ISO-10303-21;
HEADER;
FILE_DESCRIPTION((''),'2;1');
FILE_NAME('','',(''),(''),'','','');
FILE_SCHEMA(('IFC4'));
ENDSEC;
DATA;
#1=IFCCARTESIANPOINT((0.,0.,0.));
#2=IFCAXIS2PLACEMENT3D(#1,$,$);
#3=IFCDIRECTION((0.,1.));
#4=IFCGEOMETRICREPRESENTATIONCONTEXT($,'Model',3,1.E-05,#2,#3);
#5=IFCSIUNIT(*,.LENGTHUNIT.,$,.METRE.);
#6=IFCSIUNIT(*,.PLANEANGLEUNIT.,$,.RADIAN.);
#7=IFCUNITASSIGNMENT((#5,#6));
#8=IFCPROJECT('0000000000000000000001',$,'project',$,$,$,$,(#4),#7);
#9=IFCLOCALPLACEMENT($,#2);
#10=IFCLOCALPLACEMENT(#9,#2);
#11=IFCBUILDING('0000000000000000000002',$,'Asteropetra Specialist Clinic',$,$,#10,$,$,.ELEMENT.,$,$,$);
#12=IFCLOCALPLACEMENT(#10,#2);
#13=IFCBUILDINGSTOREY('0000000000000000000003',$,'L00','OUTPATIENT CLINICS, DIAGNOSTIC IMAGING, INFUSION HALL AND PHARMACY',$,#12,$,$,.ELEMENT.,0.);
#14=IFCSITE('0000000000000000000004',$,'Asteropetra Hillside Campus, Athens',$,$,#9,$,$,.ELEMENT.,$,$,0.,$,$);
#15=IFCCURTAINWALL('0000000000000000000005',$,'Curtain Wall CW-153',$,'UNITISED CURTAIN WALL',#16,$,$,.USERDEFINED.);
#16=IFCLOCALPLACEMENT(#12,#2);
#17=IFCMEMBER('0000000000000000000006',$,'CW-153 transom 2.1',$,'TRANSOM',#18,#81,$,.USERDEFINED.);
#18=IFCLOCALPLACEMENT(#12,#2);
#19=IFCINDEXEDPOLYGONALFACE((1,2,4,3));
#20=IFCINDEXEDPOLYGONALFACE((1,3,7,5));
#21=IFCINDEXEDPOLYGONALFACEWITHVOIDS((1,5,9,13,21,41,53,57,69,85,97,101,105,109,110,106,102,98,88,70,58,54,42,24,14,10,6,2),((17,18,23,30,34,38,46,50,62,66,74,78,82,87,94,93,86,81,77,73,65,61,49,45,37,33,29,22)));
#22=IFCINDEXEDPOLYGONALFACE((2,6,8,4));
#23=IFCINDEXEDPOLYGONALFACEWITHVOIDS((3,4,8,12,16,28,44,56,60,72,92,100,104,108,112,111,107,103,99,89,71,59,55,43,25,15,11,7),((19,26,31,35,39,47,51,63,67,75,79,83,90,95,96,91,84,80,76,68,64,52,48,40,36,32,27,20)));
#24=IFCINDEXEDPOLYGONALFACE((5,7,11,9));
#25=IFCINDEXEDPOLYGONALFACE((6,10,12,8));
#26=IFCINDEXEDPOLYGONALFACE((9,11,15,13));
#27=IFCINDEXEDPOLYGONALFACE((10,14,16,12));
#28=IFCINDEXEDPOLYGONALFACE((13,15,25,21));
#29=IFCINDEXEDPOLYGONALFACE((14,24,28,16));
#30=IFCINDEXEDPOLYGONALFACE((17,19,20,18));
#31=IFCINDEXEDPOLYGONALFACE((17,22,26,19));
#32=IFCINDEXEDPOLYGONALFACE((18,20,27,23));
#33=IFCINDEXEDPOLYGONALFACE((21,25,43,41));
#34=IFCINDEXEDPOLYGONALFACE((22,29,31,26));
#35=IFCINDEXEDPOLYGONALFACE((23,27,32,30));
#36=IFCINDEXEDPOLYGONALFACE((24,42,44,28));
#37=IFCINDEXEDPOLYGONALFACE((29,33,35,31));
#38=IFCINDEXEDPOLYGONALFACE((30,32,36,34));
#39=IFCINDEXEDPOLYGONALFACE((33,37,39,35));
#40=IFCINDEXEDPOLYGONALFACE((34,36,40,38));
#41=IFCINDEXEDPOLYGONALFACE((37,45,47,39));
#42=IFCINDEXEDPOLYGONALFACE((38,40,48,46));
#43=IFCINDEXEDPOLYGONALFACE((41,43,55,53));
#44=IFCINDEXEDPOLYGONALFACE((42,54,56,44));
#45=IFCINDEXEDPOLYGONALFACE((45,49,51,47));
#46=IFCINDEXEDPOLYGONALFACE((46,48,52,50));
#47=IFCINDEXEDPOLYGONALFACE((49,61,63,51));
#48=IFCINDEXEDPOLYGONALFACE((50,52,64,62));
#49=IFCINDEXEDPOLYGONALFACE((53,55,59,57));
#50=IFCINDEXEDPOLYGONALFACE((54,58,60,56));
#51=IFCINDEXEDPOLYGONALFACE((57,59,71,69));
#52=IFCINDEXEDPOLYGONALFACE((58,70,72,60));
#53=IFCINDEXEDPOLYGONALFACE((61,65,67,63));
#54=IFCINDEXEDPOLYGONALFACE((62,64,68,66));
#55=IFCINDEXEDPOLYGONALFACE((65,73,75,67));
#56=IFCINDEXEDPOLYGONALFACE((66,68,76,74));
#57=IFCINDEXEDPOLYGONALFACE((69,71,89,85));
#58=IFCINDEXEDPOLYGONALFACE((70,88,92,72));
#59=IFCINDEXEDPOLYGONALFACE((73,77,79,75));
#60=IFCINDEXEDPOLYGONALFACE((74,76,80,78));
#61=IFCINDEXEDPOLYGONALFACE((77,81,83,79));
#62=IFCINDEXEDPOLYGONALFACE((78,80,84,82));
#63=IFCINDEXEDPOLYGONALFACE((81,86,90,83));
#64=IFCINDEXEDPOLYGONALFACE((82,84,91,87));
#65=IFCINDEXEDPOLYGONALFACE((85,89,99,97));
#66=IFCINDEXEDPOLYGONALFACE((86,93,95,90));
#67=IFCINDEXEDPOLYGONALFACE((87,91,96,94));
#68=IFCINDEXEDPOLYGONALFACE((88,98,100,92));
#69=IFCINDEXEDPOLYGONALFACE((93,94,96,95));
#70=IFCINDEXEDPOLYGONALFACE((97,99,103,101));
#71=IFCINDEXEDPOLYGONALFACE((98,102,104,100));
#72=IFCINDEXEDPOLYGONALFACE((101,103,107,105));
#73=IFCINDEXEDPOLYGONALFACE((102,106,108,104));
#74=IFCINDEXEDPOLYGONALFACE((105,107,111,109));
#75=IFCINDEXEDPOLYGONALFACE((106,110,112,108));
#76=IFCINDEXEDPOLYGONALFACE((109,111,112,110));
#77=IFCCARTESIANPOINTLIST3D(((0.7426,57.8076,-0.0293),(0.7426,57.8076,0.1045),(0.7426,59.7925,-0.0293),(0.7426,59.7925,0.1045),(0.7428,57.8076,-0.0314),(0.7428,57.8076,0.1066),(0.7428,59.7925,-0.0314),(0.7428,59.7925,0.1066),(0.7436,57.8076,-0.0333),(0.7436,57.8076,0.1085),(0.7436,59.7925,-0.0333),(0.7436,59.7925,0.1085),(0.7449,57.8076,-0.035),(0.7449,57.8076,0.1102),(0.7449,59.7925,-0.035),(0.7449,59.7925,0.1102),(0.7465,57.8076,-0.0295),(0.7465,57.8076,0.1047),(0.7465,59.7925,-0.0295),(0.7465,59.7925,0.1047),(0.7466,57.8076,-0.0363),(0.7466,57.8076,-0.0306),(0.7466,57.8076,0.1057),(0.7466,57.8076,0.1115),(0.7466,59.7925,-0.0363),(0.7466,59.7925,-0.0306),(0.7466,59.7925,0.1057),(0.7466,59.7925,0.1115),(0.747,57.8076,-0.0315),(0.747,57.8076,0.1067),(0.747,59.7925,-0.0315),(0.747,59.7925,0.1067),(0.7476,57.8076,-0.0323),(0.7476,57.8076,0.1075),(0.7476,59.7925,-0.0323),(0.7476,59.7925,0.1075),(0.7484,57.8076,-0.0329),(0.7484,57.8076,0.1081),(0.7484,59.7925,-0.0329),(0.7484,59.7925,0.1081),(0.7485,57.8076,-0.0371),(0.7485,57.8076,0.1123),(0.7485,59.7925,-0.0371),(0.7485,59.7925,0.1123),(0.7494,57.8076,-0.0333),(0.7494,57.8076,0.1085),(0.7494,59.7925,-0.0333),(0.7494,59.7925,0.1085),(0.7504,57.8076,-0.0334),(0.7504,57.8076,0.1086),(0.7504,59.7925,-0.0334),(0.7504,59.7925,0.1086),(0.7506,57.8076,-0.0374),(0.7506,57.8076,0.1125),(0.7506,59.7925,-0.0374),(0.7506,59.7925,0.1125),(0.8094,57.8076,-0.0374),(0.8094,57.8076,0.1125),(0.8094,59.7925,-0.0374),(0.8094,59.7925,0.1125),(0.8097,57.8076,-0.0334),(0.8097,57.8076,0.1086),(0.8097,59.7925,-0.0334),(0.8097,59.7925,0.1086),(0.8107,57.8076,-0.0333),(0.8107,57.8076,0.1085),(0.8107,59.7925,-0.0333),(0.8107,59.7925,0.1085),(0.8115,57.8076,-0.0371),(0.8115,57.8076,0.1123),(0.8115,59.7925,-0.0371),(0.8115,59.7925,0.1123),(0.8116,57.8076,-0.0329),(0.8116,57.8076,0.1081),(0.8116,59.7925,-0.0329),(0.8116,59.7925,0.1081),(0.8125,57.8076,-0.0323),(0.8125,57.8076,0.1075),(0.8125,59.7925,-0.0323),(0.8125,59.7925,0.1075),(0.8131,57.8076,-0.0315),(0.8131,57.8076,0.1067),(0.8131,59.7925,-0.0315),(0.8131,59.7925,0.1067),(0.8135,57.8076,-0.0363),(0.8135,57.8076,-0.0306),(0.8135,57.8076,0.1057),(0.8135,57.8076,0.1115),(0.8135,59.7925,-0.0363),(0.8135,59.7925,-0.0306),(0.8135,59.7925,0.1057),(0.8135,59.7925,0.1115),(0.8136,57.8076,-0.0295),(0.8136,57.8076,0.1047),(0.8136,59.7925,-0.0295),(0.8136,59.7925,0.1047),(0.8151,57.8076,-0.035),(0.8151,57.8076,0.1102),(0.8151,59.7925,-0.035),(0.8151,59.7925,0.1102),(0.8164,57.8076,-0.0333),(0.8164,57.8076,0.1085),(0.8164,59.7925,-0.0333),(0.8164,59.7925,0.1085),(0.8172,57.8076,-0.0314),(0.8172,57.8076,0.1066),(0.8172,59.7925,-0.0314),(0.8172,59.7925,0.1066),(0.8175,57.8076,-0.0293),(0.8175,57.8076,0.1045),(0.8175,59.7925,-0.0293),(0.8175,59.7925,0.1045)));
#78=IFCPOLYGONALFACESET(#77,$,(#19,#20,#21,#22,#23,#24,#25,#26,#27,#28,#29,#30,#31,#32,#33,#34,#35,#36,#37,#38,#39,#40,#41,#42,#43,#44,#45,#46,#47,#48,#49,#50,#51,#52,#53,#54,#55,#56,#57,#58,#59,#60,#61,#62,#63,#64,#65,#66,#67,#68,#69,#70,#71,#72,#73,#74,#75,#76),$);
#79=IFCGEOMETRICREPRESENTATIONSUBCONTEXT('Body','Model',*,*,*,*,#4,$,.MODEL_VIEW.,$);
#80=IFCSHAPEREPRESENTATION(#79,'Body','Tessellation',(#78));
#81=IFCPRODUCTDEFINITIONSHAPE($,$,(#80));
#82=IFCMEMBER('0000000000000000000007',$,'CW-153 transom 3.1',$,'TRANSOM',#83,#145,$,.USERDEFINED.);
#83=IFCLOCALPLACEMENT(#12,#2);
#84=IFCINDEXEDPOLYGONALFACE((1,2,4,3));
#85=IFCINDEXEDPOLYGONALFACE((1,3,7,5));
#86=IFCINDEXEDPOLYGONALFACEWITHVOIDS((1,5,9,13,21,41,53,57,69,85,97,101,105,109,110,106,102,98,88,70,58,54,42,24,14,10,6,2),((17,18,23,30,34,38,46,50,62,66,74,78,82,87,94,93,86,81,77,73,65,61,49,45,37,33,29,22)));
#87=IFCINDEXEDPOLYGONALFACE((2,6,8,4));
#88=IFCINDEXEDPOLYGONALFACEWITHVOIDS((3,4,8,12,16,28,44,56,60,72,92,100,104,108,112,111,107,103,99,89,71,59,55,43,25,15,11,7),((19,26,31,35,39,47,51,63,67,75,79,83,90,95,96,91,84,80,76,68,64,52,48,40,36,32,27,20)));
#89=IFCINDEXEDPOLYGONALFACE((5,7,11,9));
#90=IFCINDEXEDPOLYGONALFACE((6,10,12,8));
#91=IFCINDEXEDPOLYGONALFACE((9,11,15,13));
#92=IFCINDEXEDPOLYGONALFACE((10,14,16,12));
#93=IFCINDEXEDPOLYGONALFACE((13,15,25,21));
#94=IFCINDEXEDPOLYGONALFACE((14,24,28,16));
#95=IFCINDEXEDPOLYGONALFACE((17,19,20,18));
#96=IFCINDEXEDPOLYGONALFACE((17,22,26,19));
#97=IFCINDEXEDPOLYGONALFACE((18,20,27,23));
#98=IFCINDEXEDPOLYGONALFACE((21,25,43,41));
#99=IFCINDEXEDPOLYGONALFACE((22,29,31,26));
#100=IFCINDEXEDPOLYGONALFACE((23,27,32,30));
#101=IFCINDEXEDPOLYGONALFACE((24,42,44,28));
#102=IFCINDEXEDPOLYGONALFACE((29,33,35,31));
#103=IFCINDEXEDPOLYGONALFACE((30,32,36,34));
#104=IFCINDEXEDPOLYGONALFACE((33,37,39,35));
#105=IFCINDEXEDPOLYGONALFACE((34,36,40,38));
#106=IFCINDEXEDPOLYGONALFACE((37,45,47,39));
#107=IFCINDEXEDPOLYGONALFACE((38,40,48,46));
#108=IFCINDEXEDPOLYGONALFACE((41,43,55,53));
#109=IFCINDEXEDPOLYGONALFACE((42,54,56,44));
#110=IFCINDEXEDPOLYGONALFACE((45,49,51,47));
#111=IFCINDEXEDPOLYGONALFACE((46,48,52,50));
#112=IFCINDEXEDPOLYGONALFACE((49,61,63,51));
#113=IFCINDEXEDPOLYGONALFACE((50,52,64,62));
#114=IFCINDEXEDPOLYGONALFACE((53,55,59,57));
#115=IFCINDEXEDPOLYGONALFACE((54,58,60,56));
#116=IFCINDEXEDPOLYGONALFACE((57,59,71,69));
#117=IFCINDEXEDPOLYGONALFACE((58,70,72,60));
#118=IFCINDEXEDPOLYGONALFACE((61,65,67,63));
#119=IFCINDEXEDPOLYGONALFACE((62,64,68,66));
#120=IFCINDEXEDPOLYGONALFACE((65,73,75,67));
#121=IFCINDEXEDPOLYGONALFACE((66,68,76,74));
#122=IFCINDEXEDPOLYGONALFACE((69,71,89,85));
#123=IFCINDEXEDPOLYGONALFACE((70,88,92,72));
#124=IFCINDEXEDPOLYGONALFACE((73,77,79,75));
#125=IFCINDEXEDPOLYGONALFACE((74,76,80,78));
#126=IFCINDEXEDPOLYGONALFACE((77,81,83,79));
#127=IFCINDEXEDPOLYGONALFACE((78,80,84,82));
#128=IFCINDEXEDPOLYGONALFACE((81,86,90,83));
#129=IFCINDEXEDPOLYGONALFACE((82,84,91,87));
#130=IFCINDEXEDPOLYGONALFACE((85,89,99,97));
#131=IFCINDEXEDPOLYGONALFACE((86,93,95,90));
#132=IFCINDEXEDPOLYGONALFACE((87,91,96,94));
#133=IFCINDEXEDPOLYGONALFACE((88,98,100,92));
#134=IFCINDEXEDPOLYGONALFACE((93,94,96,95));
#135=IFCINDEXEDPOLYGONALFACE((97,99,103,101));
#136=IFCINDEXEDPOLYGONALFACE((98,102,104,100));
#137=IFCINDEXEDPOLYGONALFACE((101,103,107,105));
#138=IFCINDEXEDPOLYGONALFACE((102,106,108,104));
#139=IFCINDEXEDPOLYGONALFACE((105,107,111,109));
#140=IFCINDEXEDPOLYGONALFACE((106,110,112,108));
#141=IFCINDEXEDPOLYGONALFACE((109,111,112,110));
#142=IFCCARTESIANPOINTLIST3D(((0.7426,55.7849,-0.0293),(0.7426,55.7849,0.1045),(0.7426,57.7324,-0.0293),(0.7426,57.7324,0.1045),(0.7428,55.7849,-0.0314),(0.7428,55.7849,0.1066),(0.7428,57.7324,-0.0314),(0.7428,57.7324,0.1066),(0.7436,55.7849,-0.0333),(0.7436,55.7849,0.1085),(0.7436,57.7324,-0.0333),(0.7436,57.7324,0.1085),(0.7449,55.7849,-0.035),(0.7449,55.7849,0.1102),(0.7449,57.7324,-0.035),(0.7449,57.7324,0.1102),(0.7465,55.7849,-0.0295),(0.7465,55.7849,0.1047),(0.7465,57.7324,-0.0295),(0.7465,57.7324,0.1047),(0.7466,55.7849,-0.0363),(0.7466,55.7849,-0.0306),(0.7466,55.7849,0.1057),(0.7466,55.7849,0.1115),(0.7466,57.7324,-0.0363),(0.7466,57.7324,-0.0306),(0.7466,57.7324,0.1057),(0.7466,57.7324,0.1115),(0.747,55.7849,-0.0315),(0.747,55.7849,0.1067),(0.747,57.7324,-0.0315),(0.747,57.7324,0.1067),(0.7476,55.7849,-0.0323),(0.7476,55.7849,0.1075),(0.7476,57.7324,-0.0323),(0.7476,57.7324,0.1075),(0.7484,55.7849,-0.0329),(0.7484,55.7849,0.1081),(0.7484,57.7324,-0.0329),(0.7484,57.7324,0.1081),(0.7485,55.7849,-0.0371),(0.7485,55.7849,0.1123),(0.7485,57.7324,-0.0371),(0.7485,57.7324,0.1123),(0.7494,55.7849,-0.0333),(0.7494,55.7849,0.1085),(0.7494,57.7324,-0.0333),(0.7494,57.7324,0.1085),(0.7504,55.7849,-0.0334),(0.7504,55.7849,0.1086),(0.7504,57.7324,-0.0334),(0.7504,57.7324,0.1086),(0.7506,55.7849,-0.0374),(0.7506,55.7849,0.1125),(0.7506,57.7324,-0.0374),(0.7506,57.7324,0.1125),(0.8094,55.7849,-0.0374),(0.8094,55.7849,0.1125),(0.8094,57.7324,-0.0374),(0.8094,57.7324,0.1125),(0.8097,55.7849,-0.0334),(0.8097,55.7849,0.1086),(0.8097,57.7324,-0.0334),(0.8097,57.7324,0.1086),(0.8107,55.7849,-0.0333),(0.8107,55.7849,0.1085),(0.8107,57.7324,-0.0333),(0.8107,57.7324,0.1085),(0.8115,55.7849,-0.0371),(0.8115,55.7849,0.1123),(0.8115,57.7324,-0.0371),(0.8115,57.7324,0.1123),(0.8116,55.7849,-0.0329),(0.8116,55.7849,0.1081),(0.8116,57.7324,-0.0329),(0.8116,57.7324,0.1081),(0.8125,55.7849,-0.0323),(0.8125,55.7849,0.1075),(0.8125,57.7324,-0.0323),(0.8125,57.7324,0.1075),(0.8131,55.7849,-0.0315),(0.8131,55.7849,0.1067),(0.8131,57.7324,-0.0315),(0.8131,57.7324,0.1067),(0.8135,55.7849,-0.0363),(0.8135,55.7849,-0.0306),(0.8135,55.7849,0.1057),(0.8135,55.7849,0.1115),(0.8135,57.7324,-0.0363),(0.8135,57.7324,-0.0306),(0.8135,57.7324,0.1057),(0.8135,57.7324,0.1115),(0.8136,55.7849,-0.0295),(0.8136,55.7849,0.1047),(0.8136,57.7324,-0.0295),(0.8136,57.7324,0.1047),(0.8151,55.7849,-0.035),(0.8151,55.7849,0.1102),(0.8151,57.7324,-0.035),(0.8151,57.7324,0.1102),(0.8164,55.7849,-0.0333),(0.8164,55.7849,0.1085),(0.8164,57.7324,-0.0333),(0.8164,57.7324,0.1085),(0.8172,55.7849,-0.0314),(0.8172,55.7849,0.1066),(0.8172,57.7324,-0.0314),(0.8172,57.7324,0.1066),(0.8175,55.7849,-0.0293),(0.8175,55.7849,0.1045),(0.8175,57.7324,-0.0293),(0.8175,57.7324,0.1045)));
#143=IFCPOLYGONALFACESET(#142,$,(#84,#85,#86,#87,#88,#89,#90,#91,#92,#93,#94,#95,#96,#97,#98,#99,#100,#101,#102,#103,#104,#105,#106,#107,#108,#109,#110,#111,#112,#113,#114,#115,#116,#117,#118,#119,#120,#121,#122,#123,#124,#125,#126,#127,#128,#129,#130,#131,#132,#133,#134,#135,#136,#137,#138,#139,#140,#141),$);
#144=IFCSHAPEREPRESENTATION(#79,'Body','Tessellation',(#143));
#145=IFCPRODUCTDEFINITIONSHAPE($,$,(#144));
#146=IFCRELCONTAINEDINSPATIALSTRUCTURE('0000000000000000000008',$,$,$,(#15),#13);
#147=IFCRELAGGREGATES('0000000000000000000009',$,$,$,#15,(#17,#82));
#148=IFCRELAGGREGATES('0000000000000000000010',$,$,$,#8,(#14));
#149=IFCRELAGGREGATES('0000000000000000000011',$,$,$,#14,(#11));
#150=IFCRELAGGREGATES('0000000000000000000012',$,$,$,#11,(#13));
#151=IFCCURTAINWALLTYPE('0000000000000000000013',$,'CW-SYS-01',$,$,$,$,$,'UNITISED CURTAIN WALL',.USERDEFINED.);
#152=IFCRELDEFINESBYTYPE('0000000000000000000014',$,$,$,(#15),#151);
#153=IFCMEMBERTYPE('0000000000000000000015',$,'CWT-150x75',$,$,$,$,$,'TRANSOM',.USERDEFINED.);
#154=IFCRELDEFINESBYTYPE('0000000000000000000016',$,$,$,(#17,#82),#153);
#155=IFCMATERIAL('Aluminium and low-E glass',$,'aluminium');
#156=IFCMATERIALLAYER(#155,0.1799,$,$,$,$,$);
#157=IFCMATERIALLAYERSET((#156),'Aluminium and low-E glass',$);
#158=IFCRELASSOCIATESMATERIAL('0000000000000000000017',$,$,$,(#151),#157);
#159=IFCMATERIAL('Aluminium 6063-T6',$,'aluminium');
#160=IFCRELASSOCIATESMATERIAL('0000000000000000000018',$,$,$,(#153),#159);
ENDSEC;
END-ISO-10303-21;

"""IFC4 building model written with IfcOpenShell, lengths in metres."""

from ifc_helpers import new_model, si_unit, direction, frame, origin, origin_2d, place, context, subcontext, project, spatial, hollow_rectangle, extrude, material, layer, layer_set, material_profile, profile_set, type_object, element, aggregate, save


model = new_model("IFC4")

# Units and contexts
model_context = context("Model", 3, precision=1e-05, world=origin(), true_north=direction((0.0, 1.0)))
body_context = subcontext(model_context, "Body", "Model", "MODEL_VIEW")
ifc_project = project(units=[si_unit("LENGTHUNIT", "METRE"), si_unit("PLANEANGLEUNIT", "RADIAN")], contexts=[model_context])

# Site, building, storey
site_placement = place(None, origin())
site = spatial("IfcSite", under=ifc_project, at=site_placement, Name="Asteropetra Hillside Campus, Athens", CompositionType="ELEMENT", RefElevation=0.0)
building_placement = place(site_placement, origin())
building = spatial("IfcBuilding", under=site, at=building_placement, Name="Asteropetra Specialist Clinic", CompositionType="ELEMENT")
storey_placement = place(building_placement, origin())
storey = spatial("IfcBuildingStorey", under=building, at=storey_placement, Name="L00", Description="OUTPATIENT CLINICS, DIAGNOSTIC IMAGING, INFUSION HALL AND PHARMACY", CompositionType="ELEMENT", Elevation=0.0)

# Curtain wall, members
ifc_material_1 = material(Name="Aluminium and low-E glass", Category="aluminium")
ifc_layer_1 = layer(ifc_material_1, 0.1799)
ifc_layer_set_1 = layer_set([ifc_layer_1], Name="Aluminium and low-E glass")
curtain_wall_type = type_object("IfcCurtainWallType", Name="CW-SYS-01", ElementType="UNITISED CURTAIN WALL", PredefinedType="USERDEFINED", material=ifc_layer_set_1)
curtain_wall_placement = place(storey_placement, origin())
curtain_wall = element("IfcCurtainWall", 1, at=curtain_wall_placement, inside=storey, type_object=curtain_wall_type, Name="Curtain Wall CW-153", ObjectType="UNITISED CURTAIN WALL", PredefinedType="USERDEFINED")
ifc_material_2 = material(Name="Aluminium 6063-T6", Category="aluminium")
ifc_material_profile_1 = material_profile(ifc_material_2, hollow_rectangle(XDim=0.075, YDim=0.1499, WallThickness=0.0039, InnerFilletRadius=0.0039, OuterFilletRadius=0.0081, at=origin_2d()), Name="TRN 150x75x4.0")
ifc_profile_set_1 = profile_set([ifc_material_profile_1], Name="Aluminium 6063-T6")
member_type_1 = type_object("IfcMemberType", Name="CWT-150x75", ElementType="TRANSOM", PredefinedType="USERDEFINED", material=ifc_profile_set_1)
member_1_placement = place(storey_placement, frame((0.78, 59.7925, 0.0376), z_axis=(0.0, -1.0, 0.0), x_axis=(1.0, 0.0, 0.0)))
member_1 = element("IfcMember", 2, at=member_1_placement, type_object=member_type_1, Name="CW-153 transom 2.1", ObjectType="TRANSOM", PredefinedType="USERDEFINED", context=body_context, shape_type="SweptSolid", body=[
    extrude(hollow_rectangle(XDim=0.075, YDim=0.1499, WallThickness=0.0039, InnerFilletRadius=0.0039, OuterFilletRadius=0.0081, at=origin_2d()), origin(), (0.0, 0.0, 1.0), 1.9849),
])
member_2_placement = place(storey_placement, frame((0.78, 57.7324, 0.0376), z_axis=(0.0, -1.0, 0.0), x_axis=(1.0, 0.0, 0.0)))
member_2 = element("IfcMember", 3, at=member_2_placement, type_object=member_type_1, Name="CW-153 transom 3.1", ObjectType="TRANSOM", PredefinedType="USERDEFINED", context=body_context, shape_type="SweptSolid", body=[
    extrude(hollow_rectangle(XDim=0.075, YDim=0.1499, WallThickness=0.0039, InnerFilletRadius=0.0039, OuterFilletRadius=0.0081, at=origin_2d()), origin(), (0.0, 0.0, 1.0), 1.9475),
])

aggregate(curtain_wall, [member_1, member_2])

save(model, "model.ifc")
